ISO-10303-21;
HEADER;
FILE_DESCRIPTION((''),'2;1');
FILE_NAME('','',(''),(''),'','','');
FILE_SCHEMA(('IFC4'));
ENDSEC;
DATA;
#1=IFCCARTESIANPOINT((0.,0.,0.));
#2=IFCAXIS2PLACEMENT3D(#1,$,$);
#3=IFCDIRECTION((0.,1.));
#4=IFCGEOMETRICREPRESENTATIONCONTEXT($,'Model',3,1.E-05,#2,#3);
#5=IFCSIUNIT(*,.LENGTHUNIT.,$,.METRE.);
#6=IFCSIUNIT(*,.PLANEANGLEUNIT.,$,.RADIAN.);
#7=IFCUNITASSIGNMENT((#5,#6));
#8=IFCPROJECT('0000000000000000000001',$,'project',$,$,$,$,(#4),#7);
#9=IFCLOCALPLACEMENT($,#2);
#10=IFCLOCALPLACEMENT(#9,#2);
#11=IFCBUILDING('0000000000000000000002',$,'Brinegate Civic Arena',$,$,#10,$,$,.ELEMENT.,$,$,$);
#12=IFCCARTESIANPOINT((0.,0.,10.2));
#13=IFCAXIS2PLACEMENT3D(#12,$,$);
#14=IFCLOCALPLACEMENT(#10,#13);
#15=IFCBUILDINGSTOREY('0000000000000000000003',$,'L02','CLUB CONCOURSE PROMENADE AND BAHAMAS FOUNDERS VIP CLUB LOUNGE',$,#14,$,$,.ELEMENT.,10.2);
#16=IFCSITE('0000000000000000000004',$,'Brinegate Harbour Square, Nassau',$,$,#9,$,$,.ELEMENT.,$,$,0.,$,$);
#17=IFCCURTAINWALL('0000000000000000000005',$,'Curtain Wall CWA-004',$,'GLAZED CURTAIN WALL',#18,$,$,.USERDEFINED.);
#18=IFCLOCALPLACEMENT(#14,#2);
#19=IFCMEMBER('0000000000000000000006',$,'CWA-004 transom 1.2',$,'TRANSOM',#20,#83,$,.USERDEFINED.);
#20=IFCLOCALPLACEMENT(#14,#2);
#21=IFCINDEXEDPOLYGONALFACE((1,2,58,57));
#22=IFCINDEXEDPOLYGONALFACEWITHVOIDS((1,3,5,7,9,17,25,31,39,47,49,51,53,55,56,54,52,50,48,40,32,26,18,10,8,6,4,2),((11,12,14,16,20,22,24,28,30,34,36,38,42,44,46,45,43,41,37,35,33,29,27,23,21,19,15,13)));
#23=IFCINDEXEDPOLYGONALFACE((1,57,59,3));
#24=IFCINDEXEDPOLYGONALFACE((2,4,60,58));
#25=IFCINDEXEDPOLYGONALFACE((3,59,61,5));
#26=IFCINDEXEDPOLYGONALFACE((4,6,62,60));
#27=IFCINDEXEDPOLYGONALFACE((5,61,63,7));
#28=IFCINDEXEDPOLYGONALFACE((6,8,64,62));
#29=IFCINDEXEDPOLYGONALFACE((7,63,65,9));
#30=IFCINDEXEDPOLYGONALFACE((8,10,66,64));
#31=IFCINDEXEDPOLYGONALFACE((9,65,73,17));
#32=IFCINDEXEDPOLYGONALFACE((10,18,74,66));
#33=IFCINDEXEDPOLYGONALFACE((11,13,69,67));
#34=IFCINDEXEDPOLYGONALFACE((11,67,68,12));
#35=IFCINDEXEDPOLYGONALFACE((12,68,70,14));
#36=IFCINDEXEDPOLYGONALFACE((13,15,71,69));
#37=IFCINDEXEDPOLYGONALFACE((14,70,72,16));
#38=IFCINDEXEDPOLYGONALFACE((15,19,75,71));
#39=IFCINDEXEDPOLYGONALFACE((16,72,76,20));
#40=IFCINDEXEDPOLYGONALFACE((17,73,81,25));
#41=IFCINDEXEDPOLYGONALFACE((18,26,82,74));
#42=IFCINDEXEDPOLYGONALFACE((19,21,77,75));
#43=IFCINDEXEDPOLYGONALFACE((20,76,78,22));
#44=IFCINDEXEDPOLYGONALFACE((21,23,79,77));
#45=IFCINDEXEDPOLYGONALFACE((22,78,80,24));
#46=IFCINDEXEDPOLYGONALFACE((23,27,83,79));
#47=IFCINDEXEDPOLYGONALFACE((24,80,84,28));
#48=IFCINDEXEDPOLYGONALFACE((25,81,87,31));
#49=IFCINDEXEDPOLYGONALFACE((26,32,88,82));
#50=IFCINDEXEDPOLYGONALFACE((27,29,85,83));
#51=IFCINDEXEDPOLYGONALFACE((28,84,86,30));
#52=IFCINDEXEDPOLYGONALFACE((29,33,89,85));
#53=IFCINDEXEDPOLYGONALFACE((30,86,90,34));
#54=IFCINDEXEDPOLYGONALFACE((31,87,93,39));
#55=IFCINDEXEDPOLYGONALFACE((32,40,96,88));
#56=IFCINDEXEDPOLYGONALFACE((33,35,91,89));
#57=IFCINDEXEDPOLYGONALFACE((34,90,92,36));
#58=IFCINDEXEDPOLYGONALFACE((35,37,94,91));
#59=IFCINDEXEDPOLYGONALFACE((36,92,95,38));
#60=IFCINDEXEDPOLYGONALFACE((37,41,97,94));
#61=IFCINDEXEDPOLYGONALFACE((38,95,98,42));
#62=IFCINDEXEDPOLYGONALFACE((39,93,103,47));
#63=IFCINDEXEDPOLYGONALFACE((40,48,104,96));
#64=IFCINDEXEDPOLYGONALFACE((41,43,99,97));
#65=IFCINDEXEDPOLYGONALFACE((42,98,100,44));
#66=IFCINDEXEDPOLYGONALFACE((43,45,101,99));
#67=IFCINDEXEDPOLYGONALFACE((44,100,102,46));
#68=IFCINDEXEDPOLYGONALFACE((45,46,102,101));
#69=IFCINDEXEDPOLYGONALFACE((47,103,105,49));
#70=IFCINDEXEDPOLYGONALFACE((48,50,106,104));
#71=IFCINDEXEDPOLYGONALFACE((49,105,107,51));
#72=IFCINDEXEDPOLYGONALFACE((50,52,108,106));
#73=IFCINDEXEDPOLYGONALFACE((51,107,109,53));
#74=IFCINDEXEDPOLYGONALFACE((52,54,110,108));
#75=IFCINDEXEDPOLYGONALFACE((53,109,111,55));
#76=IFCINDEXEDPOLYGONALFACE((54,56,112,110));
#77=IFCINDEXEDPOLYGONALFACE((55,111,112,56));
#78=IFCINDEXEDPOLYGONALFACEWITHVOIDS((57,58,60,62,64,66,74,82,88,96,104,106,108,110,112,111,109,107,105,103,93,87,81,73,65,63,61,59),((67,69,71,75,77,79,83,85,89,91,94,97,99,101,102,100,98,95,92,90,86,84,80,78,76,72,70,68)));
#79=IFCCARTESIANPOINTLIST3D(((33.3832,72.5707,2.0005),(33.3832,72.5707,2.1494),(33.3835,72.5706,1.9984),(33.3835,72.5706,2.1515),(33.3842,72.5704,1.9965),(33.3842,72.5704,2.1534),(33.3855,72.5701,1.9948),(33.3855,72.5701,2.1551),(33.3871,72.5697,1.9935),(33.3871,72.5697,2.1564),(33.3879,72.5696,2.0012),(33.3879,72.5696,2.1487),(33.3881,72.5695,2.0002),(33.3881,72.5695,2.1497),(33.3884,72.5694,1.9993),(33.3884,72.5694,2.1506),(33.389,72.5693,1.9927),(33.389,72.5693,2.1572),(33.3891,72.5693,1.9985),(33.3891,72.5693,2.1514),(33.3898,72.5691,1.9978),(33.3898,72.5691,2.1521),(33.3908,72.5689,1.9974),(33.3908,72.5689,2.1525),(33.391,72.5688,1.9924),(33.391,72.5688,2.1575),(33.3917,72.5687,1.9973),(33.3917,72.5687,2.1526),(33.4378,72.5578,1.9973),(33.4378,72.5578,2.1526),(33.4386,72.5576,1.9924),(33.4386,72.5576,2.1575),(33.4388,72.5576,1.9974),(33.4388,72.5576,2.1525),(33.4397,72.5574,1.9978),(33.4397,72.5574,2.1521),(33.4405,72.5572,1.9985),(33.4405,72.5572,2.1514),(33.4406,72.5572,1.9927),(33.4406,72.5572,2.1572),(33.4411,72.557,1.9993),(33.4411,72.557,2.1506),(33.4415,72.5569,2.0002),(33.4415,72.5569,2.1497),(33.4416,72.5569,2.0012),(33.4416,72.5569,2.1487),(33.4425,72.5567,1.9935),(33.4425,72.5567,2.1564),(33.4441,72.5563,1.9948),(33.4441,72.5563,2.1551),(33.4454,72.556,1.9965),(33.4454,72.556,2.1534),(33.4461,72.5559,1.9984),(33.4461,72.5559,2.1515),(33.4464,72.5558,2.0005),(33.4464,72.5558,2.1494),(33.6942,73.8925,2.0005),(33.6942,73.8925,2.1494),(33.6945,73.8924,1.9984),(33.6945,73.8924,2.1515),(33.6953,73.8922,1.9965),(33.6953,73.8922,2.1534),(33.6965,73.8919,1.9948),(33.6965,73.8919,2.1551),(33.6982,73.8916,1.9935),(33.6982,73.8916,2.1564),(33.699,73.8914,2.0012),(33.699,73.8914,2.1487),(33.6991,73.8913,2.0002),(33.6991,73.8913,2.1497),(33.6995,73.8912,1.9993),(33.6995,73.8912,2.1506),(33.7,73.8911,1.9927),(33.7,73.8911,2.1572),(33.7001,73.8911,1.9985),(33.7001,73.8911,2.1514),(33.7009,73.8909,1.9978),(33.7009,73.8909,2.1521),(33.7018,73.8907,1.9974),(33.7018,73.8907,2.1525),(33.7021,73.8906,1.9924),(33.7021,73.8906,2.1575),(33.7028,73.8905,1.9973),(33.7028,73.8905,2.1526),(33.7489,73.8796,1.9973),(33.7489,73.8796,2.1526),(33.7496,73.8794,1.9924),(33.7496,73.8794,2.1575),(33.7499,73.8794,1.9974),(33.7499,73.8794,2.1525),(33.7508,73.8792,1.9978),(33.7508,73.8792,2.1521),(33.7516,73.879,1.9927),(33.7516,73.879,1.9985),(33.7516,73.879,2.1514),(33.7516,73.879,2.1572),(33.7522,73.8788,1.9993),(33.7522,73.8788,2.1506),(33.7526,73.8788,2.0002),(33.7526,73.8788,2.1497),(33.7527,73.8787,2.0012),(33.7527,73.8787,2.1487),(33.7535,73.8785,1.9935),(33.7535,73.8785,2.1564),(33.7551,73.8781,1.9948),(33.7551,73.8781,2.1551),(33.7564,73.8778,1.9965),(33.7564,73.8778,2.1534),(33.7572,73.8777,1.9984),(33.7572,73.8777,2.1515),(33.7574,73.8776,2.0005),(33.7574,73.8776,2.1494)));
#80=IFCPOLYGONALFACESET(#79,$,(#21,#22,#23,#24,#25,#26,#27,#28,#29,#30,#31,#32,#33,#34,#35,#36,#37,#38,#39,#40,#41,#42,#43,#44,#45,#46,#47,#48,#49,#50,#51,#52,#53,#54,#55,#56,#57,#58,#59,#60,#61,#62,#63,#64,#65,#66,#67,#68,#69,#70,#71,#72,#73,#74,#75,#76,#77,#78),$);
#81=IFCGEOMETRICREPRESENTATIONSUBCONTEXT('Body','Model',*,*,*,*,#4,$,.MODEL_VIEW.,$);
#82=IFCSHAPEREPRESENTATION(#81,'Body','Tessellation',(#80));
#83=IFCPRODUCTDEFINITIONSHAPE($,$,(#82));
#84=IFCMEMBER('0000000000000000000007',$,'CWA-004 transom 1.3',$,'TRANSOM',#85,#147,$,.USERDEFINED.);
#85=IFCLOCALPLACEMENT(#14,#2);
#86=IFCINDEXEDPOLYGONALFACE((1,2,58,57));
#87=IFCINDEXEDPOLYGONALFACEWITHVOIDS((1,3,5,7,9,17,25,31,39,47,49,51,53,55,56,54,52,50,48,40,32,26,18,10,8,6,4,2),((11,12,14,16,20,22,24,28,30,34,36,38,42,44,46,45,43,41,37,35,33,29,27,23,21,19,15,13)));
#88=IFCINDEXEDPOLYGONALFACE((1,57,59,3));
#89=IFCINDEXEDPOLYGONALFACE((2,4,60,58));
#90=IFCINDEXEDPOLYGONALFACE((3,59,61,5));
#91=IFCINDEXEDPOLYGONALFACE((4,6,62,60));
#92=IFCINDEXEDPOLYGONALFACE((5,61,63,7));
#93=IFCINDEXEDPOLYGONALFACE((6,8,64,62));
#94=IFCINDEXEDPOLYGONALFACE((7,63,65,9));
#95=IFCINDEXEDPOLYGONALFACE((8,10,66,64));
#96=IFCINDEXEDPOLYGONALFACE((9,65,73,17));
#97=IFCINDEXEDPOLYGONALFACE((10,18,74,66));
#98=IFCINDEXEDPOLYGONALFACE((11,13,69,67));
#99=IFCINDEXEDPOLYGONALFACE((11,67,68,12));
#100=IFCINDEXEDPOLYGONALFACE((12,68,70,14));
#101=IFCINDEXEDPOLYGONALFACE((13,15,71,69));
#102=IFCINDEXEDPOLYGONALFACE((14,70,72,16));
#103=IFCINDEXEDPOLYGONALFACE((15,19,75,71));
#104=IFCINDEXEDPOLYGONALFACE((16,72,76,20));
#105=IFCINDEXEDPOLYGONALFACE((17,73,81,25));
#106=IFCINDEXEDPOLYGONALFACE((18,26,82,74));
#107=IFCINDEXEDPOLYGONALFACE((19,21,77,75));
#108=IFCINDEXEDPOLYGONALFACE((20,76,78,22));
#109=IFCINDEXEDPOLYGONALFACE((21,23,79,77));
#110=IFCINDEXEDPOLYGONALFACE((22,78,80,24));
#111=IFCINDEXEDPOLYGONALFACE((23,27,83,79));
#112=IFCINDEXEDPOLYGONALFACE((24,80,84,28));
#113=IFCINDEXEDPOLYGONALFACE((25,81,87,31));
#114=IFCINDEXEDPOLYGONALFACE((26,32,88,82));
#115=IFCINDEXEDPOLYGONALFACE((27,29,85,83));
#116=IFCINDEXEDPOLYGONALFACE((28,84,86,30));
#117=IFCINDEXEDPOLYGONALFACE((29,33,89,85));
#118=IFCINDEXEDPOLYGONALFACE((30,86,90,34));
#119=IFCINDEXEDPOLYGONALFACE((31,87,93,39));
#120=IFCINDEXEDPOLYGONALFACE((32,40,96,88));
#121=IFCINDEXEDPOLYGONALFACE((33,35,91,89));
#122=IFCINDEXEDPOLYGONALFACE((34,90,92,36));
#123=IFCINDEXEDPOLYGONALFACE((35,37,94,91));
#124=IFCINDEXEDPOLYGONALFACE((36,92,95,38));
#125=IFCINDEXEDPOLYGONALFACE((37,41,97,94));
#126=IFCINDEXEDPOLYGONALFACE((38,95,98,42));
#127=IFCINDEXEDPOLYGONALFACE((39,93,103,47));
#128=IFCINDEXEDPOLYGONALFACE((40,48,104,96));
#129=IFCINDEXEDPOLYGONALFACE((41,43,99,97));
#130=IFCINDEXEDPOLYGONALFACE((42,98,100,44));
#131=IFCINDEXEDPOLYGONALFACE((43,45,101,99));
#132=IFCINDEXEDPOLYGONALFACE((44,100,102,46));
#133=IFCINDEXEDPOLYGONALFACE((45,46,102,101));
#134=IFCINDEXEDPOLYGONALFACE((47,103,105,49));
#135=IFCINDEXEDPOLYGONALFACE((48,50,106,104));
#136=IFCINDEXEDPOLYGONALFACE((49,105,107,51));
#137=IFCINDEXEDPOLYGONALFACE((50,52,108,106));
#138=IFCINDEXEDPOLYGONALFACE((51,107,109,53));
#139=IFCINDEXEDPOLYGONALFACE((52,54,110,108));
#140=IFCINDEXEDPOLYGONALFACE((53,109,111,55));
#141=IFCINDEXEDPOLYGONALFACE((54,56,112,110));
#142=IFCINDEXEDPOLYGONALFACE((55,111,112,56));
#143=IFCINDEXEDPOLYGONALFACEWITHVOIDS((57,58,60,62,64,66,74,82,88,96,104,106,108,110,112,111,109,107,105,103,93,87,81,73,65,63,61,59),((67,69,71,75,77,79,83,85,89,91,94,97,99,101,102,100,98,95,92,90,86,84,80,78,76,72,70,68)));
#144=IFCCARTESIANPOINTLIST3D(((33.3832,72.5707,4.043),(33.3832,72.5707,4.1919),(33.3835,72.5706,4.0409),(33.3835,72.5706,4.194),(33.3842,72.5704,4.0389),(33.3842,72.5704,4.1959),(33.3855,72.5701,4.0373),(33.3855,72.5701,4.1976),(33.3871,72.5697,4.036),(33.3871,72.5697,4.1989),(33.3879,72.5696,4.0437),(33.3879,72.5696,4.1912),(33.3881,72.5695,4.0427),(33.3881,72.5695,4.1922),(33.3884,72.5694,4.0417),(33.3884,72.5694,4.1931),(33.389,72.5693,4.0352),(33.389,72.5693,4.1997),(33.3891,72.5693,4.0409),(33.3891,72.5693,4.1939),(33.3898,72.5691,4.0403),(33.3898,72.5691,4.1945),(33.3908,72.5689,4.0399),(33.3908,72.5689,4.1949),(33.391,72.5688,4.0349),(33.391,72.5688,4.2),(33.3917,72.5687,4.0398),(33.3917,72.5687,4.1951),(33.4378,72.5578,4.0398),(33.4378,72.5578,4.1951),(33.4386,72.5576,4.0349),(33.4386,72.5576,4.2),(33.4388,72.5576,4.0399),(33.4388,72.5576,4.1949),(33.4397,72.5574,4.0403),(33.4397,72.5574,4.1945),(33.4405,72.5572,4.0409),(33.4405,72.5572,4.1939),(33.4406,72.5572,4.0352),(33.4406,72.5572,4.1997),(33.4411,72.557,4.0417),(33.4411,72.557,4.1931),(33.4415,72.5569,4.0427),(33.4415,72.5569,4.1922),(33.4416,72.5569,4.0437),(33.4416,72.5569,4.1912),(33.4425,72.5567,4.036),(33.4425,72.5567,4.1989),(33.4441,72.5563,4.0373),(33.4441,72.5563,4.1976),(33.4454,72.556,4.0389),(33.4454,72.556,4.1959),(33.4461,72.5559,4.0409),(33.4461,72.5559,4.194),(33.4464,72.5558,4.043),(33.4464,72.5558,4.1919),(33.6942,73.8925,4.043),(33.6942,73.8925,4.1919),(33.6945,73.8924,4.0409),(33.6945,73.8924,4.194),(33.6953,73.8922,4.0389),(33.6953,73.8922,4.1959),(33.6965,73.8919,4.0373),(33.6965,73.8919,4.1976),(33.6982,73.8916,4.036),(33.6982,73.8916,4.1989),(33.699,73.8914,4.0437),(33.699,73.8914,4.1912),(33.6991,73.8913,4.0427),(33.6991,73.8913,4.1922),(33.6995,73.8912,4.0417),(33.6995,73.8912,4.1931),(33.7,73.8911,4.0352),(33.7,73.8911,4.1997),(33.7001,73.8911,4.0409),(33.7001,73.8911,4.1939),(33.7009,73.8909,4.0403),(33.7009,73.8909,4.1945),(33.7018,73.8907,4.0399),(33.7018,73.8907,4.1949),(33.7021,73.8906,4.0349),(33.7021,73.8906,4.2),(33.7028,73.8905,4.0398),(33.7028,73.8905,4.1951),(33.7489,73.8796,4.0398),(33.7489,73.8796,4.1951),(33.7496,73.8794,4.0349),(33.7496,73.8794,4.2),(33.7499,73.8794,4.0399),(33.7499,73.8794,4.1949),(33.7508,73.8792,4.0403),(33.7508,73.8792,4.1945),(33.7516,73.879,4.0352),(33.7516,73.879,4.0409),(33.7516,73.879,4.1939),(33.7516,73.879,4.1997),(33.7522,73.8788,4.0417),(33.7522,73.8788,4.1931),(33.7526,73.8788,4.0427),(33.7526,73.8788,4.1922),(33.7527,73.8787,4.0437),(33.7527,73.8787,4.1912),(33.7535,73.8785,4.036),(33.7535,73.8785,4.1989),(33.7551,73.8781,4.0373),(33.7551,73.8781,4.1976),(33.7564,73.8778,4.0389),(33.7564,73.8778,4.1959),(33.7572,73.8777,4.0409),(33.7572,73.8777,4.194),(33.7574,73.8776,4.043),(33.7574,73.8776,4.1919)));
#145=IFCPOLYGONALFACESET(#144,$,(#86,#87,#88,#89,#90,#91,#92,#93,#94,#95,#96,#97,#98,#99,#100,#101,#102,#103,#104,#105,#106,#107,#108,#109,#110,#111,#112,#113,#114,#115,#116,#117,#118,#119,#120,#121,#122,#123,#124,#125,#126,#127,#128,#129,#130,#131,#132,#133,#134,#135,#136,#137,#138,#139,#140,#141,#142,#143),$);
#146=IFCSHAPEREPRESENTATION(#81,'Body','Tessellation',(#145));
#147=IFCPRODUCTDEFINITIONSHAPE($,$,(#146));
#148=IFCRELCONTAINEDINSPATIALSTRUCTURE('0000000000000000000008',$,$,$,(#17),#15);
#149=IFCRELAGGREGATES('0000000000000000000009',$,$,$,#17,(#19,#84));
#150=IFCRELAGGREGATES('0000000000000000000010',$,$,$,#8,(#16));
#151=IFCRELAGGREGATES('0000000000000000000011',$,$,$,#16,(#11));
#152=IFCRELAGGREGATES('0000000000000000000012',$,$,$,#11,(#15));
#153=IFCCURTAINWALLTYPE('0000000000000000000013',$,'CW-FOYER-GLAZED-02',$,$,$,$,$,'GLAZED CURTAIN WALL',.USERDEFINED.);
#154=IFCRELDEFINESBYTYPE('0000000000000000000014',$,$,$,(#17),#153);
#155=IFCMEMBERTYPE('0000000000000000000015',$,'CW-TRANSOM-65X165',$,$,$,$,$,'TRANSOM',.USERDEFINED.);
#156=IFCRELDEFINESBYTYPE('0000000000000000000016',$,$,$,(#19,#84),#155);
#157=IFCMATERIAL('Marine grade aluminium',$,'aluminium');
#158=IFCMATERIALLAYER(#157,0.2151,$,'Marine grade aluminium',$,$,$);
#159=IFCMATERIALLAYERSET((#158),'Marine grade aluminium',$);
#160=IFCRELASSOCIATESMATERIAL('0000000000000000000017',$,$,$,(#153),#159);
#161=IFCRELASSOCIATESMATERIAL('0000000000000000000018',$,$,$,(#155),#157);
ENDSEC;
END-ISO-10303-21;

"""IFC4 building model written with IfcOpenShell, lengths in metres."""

from ifc_helpers import new_model, si_unit, direction, frame, origin, origin_2d, place, context, subcontext, project, spatial, hollow_rectangle, extrude, material, layer, layer_set, material_profile, profile_set, type_object, element, aggregate, save


model = new_model("IFC4")

# Units and contexts
model_context = context("Model", 3, precision=1e-05, world=origin(), true_north=direction((0.0, 1.0)))
body_context = subcontext(model_context, "Body", "Model", "MODEL_VIEW")
ifc_project = project(units=[si_unit("LENGTHUNIT", "METRE"), si_unit("PLANEANGLEUNIT", "RADIAN")], contexts=[model_context])

# Site, building, storey
site_placement = place(None, origin())
site = spatial("IfcSite", under=ifc_project, at=site_placement, Name="Brinegate Harbour Square, Nassau", CompositionType="ELEMENT", RefElevation=0.0)
building_placement = place(site_placement, origin())
building = spatial("IfcBuilding", under=site, at=building_placement, Name="Brinegate Civic Arena", CompositionType="ELEMENT")
storey_placement = place(building_placement, frame((0.0, 0.0, 10.2)))
storey = spatial("IfcBuildingStorey", under=building, at=storey_placement, Name="L02", Description="CLUB CONCOURSE PROMENADE AND BAHAMAS FOUNDERS VIP CLUB LOUNGE", CompositionType="ELEMENT", Elevation=10.2)

# Curtain wall
ifc_material_1 = material(Name="Marine grade aluminium", Category="aluminium")
ifc_layer_1 = layer(ifc_material_1, 0.2151, Name="Marine grade aluminium")
ifc_layer_set_1 = layer_set([ifc_layer_1], Name="Marine grade aluminium")
curtain_wall_type_1 = type_object("IfcCurtainWallType", Name="CW-FOYER-GLAZED-02", ElementType="GLAZED CURTAIN WALL", PredefinedType="USERDEFINED", material=ifc_layer_set_1)
curtain_wall_1_placement = place(storey_placement, origin())
curtain_wall_1 = element("IfcCurtainWall", 1, at=curtain_wall_1_placement, inside=storey, type_object=curtain_wall_type_1, Name="Curtain Wall CWA-004", ObjectType="GLAZED CURTAIN WALL", PredefinedType="USERDEFINED")

# Members
ifc_material_profile_1 = material_profile(ifc_material_1, hollow_rectangle(XDim=0.0649, YDim=0.165, WallThickness=0.0049, InnerFilletRadius=0.0039, OuterFilletRadius=0.0081, at=origin_2d()), Name="TRN65X165")
ifc_profile_set_1 = profile_set([ifc_material_profile_1], Name="Marine grade aluminium")
member_type_1 = type_object("IfcMemberType", Name="CW-TRANSOM-65X165", ElementType="TRANSOM", PredefinedType="USERDEFINED", material=ifc_profile_set_1)
member_1_placement = place(storey_placement, frame((33.4148, 72.5632, 2.075), z_axis=(0.229059, 0.973412, 0.0), x_axis=(-0.973412, 0.229059, 0.0)))
member_1 = element("IfcMember", 2, at=member_1_placement, type_object=member_type_1, Name="CWA-004 transom 1.2", ObjectType="TRANSOM", PredefinedType="USERDEFINED", context=body_context, shape_type="SweptSolid", body=[
    extrude(hollow_rectangle(XDim=0.0649, YDim=0.165, WallThickness=0.0049, InnerFilletRadius=0.0039, OuterFilletRadius=0.0081, at=origin_2d()), origin(), (0.0, 0.0, 1.0), 1.3579),
])
member_2_placement = place(storey_placement, frame((33.4148, 72.5632, 4.1174), z_axis=(0.229059, 0.973412, 0.0), x_axis=(-0.973412, 0.229059, 0.0)))
member_2 = element("IfcMember", 3, at=member_2_placement, type_object=member_type_1, Name="CWA-004 transom 1.3", ObjectType="TRANSOM", PredefinedType="USERDEFINED", context=body_context, shape_type="SweptSolid", body=[
    extrude(hollow_rectangle(XDim=0.0649, YDim=0.165, WallThickness=0.0049, InnerFilletRadius=0.0039, OuterFilletRadius=0.0081, at=origin_2d()), origin(), (0.0, 0.0, 1.0), 1.3579),
])

aggregate(curtain_wall_1, [member_1, member_2])

save(model, "model.ifc")
